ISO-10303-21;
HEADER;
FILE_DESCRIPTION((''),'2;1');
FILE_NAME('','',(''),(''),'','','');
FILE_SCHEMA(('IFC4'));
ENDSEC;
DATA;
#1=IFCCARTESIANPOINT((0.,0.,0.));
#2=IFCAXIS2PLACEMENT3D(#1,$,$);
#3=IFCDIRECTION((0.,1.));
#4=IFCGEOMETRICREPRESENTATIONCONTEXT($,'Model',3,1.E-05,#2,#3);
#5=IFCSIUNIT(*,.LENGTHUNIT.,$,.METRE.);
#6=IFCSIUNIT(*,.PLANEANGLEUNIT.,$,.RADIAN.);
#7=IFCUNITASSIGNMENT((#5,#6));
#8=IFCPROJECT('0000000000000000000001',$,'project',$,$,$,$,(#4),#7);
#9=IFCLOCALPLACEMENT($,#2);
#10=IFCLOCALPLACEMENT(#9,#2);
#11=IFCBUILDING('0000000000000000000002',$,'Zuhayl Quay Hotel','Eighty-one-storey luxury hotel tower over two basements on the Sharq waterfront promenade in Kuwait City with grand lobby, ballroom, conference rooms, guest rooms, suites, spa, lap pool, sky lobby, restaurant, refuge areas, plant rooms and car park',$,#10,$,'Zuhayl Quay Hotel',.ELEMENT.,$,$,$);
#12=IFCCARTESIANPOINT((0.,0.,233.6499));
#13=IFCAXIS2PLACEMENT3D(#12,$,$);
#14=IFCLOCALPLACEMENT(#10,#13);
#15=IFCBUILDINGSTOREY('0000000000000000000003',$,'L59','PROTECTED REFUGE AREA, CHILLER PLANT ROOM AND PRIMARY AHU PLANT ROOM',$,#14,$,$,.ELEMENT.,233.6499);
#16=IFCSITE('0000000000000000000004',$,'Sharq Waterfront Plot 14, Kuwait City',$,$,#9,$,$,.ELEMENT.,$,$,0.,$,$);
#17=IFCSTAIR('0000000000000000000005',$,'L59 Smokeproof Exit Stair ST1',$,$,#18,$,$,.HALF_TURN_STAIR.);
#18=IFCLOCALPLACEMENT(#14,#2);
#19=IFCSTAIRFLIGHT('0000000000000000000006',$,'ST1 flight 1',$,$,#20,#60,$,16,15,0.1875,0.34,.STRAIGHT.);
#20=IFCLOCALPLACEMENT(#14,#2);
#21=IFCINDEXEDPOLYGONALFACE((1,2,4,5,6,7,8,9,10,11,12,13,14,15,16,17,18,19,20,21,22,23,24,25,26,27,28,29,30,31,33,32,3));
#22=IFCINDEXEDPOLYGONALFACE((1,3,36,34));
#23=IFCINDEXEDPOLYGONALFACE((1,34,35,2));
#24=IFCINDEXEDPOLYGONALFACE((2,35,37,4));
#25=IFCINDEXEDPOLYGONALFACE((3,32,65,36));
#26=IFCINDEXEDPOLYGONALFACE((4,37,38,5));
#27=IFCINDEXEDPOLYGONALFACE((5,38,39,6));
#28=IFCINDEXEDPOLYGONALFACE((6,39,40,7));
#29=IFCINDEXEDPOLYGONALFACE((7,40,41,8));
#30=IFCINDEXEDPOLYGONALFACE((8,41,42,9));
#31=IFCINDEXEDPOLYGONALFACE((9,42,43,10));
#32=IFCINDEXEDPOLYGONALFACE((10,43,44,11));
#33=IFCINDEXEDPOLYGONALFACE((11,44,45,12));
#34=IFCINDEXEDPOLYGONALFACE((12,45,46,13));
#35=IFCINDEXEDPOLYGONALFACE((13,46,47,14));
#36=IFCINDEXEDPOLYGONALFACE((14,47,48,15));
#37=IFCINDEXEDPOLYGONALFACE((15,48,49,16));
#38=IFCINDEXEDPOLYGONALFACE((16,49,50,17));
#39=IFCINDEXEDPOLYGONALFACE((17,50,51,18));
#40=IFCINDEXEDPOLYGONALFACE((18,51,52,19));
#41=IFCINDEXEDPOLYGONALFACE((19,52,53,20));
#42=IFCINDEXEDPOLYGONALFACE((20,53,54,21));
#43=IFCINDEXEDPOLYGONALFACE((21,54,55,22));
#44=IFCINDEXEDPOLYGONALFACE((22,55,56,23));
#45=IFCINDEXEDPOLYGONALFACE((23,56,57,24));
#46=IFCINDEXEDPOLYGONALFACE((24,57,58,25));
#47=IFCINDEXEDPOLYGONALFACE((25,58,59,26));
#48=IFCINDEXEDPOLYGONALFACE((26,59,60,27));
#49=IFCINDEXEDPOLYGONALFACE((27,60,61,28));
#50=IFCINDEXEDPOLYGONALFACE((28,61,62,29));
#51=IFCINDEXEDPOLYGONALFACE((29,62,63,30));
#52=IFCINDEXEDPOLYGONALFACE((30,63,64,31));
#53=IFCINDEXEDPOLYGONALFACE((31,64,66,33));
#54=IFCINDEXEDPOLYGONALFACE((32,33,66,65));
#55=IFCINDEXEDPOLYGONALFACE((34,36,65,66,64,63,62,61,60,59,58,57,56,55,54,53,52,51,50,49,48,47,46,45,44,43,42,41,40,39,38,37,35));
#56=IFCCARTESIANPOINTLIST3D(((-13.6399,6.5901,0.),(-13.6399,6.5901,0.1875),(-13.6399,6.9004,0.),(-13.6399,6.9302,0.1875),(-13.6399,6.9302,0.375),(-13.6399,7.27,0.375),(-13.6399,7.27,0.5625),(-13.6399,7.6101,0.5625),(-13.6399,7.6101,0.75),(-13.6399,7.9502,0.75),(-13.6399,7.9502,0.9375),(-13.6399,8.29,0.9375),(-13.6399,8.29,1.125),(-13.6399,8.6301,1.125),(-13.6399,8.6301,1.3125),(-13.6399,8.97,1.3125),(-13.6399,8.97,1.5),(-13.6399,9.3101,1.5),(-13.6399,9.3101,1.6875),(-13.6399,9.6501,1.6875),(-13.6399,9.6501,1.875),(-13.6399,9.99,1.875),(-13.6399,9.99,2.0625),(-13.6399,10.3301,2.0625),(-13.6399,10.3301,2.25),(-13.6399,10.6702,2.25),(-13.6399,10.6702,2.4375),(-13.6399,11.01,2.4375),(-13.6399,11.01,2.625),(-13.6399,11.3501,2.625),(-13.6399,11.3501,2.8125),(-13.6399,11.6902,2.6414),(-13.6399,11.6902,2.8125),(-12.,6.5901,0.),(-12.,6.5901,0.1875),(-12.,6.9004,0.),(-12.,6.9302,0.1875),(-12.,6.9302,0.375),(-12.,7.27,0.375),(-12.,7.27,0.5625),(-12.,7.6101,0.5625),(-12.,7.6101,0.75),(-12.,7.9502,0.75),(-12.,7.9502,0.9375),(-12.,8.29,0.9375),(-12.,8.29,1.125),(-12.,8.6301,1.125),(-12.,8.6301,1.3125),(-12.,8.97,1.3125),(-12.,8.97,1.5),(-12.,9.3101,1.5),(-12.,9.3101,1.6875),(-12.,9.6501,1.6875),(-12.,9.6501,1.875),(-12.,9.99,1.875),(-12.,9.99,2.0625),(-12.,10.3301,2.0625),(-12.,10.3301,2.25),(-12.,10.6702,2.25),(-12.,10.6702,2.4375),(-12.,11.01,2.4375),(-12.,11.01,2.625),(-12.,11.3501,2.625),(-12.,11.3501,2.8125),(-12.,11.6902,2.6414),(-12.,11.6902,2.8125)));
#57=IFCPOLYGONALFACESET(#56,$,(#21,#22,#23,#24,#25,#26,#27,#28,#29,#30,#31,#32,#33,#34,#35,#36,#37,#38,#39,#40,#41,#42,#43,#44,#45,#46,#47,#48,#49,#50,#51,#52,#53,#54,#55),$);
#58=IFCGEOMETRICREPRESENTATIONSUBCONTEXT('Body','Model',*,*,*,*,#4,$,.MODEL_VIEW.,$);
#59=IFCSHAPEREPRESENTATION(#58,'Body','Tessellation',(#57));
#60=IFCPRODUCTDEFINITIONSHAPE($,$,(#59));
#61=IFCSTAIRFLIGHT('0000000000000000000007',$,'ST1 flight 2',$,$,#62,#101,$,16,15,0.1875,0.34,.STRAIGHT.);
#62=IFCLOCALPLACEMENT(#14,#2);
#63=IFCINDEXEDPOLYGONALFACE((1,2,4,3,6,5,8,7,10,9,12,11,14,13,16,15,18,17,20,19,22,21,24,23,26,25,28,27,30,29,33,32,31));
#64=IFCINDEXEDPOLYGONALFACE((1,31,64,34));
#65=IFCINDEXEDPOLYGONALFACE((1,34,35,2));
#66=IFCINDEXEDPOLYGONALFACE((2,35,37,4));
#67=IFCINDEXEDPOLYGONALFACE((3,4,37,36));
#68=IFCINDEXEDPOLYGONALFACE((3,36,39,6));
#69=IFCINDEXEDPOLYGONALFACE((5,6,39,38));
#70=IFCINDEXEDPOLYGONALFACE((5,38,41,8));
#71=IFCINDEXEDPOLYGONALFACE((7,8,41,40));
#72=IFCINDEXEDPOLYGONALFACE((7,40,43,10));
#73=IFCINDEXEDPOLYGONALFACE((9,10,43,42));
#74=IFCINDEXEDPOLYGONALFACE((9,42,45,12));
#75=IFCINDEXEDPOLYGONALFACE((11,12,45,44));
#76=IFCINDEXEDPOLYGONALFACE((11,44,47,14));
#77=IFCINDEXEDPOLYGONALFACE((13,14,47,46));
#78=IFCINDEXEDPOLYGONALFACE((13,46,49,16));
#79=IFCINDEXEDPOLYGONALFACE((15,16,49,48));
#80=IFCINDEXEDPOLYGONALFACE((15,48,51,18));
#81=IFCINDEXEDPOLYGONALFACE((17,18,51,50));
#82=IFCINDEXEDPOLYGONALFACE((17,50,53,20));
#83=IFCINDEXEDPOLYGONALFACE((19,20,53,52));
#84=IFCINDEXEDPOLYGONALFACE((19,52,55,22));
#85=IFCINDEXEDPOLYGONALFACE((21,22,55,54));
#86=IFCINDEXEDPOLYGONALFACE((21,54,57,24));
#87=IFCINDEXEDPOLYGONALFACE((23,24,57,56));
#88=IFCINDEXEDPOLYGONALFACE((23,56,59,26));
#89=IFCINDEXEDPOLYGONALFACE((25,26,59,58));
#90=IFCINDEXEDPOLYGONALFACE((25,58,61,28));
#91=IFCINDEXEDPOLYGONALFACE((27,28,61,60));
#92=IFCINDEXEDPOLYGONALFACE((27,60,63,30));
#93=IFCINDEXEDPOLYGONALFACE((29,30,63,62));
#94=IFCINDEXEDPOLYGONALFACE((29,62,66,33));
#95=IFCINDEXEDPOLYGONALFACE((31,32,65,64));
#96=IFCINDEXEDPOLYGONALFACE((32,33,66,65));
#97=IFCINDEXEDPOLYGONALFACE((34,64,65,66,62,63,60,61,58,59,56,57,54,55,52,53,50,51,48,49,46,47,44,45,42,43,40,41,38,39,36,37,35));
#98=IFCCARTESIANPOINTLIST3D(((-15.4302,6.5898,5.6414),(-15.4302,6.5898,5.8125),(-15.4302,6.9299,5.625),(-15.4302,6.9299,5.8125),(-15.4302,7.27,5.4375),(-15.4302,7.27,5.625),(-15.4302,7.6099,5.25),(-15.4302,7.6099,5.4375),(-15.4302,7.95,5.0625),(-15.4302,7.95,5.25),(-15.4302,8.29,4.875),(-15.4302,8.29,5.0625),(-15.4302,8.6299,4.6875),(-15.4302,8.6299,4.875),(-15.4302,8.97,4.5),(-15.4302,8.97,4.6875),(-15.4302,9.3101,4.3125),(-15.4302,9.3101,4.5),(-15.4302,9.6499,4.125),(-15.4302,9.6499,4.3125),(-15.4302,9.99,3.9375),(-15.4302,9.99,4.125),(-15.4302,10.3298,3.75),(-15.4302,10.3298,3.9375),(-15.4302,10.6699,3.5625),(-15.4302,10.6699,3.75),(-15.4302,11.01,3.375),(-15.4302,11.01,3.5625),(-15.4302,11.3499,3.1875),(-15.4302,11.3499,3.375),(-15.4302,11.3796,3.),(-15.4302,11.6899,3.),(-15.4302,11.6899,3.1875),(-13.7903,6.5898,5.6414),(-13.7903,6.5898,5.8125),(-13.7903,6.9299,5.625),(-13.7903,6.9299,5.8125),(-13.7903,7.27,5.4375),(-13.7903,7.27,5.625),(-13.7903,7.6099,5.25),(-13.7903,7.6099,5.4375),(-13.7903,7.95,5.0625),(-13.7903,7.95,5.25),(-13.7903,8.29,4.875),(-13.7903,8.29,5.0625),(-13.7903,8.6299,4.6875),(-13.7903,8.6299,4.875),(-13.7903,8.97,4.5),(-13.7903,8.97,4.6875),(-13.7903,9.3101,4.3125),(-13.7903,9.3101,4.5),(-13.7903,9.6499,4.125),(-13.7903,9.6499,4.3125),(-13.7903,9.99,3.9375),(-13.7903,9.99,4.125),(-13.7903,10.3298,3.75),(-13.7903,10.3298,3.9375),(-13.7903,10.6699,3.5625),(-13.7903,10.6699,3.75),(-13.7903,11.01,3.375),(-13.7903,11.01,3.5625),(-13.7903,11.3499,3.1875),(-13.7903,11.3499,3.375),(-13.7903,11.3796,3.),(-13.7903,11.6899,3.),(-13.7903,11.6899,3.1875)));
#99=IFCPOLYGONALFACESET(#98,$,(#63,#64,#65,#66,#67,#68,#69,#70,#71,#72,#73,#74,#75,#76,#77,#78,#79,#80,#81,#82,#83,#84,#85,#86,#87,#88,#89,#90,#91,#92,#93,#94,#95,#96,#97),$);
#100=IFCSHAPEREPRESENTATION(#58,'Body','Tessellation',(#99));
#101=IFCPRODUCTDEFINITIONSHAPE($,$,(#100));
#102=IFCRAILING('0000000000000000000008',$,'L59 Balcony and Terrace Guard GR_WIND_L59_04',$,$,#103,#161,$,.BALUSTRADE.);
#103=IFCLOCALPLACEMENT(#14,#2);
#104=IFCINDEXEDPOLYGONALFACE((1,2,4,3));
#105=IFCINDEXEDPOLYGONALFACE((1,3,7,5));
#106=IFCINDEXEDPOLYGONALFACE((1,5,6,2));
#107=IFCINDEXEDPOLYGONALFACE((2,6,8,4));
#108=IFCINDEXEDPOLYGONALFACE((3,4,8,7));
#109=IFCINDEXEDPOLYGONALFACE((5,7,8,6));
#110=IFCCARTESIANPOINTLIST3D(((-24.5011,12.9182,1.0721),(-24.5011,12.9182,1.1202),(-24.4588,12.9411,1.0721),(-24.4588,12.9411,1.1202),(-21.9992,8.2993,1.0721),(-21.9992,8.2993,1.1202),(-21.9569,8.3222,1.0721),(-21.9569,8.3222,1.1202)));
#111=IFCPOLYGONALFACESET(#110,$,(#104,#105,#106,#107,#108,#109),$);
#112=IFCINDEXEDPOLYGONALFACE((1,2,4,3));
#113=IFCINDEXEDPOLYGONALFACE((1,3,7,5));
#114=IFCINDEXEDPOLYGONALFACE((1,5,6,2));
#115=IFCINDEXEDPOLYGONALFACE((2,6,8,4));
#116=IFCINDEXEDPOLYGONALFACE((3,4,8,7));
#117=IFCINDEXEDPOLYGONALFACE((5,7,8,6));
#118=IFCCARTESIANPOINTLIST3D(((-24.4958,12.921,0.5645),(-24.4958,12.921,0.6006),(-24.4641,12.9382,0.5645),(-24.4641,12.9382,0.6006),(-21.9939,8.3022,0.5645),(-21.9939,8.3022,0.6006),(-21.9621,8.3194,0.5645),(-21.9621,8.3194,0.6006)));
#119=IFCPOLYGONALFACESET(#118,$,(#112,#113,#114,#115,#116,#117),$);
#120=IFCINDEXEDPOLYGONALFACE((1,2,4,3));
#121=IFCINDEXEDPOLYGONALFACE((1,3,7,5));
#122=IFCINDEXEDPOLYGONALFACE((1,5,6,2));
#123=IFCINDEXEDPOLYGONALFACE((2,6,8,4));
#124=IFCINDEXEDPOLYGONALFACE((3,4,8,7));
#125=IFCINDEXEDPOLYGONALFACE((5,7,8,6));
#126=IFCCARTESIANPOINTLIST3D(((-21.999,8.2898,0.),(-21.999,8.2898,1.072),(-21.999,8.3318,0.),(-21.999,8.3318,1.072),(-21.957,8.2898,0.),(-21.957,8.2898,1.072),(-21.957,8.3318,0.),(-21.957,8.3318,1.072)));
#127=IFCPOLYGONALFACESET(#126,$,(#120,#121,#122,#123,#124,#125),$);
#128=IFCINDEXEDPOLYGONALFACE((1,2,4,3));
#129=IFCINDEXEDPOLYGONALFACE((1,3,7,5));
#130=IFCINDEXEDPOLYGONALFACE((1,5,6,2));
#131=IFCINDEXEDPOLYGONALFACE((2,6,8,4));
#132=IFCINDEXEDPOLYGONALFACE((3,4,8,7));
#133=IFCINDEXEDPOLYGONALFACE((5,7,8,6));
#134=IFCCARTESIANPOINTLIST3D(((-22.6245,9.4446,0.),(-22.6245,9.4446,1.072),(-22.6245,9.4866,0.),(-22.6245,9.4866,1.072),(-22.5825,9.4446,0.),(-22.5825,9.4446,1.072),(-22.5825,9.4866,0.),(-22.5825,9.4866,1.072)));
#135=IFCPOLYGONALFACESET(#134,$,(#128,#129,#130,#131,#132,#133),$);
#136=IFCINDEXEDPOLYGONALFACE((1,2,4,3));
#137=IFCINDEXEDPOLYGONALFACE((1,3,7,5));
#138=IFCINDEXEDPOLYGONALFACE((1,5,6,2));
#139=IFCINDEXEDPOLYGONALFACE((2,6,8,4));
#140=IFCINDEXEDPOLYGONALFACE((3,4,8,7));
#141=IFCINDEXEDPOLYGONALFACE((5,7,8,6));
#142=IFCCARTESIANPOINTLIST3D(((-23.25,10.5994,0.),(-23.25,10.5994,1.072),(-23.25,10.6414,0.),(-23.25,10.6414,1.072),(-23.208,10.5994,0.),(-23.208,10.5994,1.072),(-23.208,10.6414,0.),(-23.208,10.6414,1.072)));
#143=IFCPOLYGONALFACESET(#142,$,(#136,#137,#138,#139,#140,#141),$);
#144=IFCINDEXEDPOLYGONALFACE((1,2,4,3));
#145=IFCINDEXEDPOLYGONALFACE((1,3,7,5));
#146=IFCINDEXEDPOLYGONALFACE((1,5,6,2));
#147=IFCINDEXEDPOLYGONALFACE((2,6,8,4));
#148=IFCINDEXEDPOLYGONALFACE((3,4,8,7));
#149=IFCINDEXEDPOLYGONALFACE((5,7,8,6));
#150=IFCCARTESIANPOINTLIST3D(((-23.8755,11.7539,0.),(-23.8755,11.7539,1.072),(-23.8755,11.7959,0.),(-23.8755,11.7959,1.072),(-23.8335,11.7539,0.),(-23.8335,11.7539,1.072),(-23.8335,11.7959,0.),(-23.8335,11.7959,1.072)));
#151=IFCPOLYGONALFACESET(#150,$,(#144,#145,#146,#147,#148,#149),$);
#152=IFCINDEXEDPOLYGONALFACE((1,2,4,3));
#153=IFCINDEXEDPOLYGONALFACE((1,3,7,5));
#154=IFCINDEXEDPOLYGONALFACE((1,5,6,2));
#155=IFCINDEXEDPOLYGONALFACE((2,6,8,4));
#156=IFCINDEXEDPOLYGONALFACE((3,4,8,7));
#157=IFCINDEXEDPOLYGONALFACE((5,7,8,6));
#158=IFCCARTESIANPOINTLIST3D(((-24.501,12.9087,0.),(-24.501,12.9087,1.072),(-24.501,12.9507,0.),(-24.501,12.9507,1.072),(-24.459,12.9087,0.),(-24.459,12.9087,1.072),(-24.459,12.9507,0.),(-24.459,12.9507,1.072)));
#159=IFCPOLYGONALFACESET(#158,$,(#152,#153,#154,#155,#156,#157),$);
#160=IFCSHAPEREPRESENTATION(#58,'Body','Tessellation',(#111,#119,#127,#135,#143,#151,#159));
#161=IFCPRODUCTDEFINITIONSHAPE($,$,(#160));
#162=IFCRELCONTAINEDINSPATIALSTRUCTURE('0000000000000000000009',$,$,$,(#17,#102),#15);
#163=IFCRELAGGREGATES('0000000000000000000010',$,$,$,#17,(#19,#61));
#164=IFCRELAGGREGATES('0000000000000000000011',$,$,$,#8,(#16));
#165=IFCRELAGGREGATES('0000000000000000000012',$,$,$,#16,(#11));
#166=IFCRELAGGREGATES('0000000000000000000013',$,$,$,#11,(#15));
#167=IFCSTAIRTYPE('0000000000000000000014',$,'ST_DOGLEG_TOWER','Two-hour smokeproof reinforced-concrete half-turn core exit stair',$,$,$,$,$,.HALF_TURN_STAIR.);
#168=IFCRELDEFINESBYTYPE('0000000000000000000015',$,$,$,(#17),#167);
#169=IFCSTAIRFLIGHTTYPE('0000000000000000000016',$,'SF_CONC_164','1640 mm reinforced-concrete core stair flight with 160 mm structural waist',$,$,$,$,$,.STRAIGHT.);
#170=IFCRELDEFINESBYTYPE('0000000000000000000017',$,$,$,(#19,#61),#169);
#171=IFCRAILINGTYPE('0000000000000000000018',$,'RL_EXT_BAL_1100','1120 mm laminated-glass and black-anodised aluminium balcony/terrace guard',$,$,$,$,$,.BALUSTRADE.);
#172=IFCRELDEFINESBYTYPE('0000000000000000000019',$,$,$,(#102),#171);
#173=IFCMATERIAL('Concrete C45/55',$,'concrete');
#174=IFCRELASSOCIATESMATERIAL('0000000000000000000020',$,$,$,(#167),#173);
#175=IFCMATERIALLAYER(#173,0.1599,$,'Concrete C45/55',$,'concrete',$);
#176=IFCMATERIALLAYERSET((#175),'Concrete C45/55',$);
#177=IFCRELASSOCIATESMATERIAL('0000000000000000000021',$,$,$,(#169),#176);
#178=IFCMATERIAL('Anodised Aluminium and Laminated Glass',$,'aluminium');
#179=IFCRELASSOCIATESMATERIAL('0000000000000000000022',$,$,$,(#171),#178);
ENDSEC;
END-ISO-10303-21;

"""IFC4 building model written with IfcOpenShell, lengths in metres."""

from ifc_helpers import new_model, si_unit, direction, frame, origin, origin_2d, place, context, subcontext, project, spatial, polyline, rectangle, outline, extrude, material, layer, layer_set, type_object, element, aggregate, save


model = new_model("IFC4")

# Units and contexts
model_context = context("Model", 3, precision=1e-05, world=origin(), true_north=direction((0.0, 1.0)))
body_context = subcontext(model_context, "Body", "Model", "MODEL_VIEW")
ifc_project = project(units=[si_unit("LENGTHUNIT", "METRE"), si_unit("PLANEANGLEUNIT", "RADIAN")], contexts=[model_context])

# Site, building, storey
site_placement = place(None, origin())
site = spatial("IfcSite", under=ifc_project, at=site_placement, Name="Sharq Waterfront Plot 14, Kuwait City", CompositionType="ELEMENT", RefElevation=0.0)
building_placement = place(site_placement, origin())
building = spatial("IfcBuilding", under=site, at=building_placement, Name="Zuhayl Quay Hotel", Description="Eighty-one-storey luxury hotel tower over two basements on the Sharq waterfront promenade in Kuwait City with grand lobby, ballroom, conference rooms, guest rooms, suites, spa, lap pool, sky lobby, restaurant, refuge areas, plant rooms and car park", LongName="Zuhayl Quay Hotel", CompositionType="ELEMENT")
storey_placement = place(building_placement, frame((0.0, 0.0, 233.6499)))
storey = spatial("IfcBuildingStorey", under=building, at=storey_placement, Name="L59", Description="PROTECTED REFUGE AREA, CHILLER PLANT ROOM AND PRIMARY AHU PLANT ROOM", CompositionType="ELEMENT", Elevation=233.6499)

# Stair, stair flights
ifc_material_1 = material(Name="Concrete C45/55", Category="concrete")
stair_type = type_object("IfcStairType", Name="ST_DOGLEG_TOWER", Description="Two-hour smokeproof reinforced-concrete half-turn core exit stair", PredefinedType="HALF_TURN_STAIR", material=ifc_material_1)
stair_placement = place(storey_placement, origin())
stair = element("IfcStair", 1, at=stair_placement, inside=storey, type_object=stair_type, Name="L59 Smokeproof Exit Stair ST1", PredefinedType="HALF_TURN_STAIR")
ifc_layer_1 = layer(ifc_material_1, 0.1599, Name="Concrete C45/55", Category="concrete")
ifc_layer_set_1 = layer_set([ifc_layer_1], Name="Concrete C45/55")
stair_flight_type = type_object("IfcStairFlightType", Name="SF_CONC_164", Description="1640 mm reinforced-concrete core stair flight with 160 mm structural waist", PredefinedType="STRAIGHT", material=ifc_layer_set_1)
stair_flight_1_placement = place(storey_placement, frame((-12.8201, 6.5901, 0.0), z_axis=(0.0, 0.0, 1.0), x_axis=(0.0, 1.0, 0.0)))
stair_flight_1 = element("IfcStairFlight", 2, at=stair_flight_1_placement, type_object=stair_flight_type, Name="ST1 flight 1", NumberOfRisers=16, NumberOfTreads=15, PredefinedType="STRAIGHT", RiserHeight=0.1875, TreadLength=0.34, context=body_context, shape_type="SweptSolid", body=[
    extrude(outline(polyline([(0.0, 0.0), (0.0, 0.1875), (0.3401, 0.1875), (0.3401, 0.375), (0.6799, 0.375), (0.6799, 0.5625), (1.02, 0.5625), (1.02, 0.75), (1.3601, 0.75), (1.3601, 0.9375), (1.7, 0.9375), (1.7, 1.125), (2.04, 1.125), (2.04, 1.3125), (2.3799, 1.3125), (2.3799, 1.5), (2.72, 1.5), (2.72, 1.6875), (3.0601, 1.6875), (3.0601, 1.875), (3.3999, 1.875), (3.3999, 2.0625), (3.74, 2.0625), (3.74, 2.25), (4.0801, 2.25), (4.0801, 2.4375), (4.4199, 2.4375), (4.4199, 2.625), (4.76, 2.625), (4.76, 2.8125), (5.1001, 2.8125), (5.1001, 3.0), (5.1001, 2.6414), (0.3103, 0.0), (0.0, 0.0)])), frame((0.0, 0.8198, 0.0), z_axis=(0.0, -1.0, 0.0), x_axis=(1.0, 0.0, 0.0)), (0.0, 0.0, 1.0), 1.6399),
])
stair_flight_2_placement = place(storey_placement, frame((-14.6101, 11.6899, 3.0), z_axis=(0.0, 0.0, 1.0), x_axis=(0.0, -1.0, 0.0)))
stair_flight_2 = element("IfcStairFlight", 3, at=stair_flight_2_placement, type_object=stair_flight_type, Name="ST1 flight 2", NumberOfRisers=16, NumberOfTreads=15, PredefinedType="STRAIGHT", RiserHeight=0.1875, TreadLength=0.34, context=body_context, shape_type="SweptSolid", body=[
    extrude(outline(polyline([(0.0, 0.0), (0.0, 0.1875), (0.3401, 0.1875), (0.3401, 0.375), (0.6799, 0.375), (0.6799, 0.5625), (1.02, 0.5625), (1.02, 0.75), (1.3601, 0.75), (1.3601, 0.9375), (1.7, 0.9375), (1.7, 1.125), (2.04, 1.125), (2.04, 1.3125), (2.3799, 1.3125), (2.3799, 1.5), (2.72, 1.5), (2.72, 1.6875), (3.0601, 1.6875), (3.0601, 1.875), (3.3999, 1.875), (3.3999, 2.0625), (3.74, 2.0625), (3.74, 2.25), (4.0801, 2.25), (4.0801, 2.4375), (4.4199, 2.4375), (4.4199, 2.625), (4.76, 2.625), (4.76, 2.8125), (5.1001, 2.8125), (5.1001, 3.0), (5.1001, 2.6414), (0.3103, 0.0), (0.0, 0.0)])), frame((0.0, 0.8198, 0.0), z_axis=(0.0, -1.0, 0.0), x_axis=(1.0, 0.0, 0.0)), (0.0, 0.0, 1.0), 1.6399),
])
aggregate(stair, [stair_flight_1, stair_flight_2])

# Railing
ifc_material_2 = material(Name="Anodised Aluminium and Laminated Glass", Category="aluminium")
railing_type_1 = type_object("IfcRailingType", Name="RL_EXT_BAL_1100", Description="1120 mm laminated-glass and black-anodised aluminium balcony/terrace guard", PredefinedType="BALUSTRADE", material=ifc_material_2)
railing_1_placement = place(storey_placement, frame((-21.978, 8.3108, 0.0)))
element("IfcRailing", 4, at=railing_1_placement, inside=storey, type_object=railing_type_1, Name="L59 Balcony and Terrace Guard GR_WIND_L59_04", PredefinedType="BALUSTRADE", context=body_context, shape_type="SweptSolid", body=[
    extrude(rectangle(XDim=0.0481, YDim=0.0481, at=origin_2d()), frame((0.0, 0.0, 1.0962), z_axis=(-0.476291, 0.879288, 0.0), x_axis=(-0.879288, -0.476291, 0.0)), (0.0, 0.0, 1.0), 5.2529),
    extrude(rectangle(XDim=0.0361, YDim=0.0361, at=origin_2d()), frame((0.0, 0.0, 0.5825), z_axis=(-0.476291, 0.879288, 0.0), x_axis=(-0.879288, -0.476291, 0.0)), (0.0, 0.0, 1.0), 5.2529),
    extrude(rectangle(XDim=0.042, YDim=0.042, at=origin_2d()), origin(), (0.0, 0.0, 1.0), 1.072),
    extrude(rectangle(XDim=0.042, YDim=0.042, at=origin_2d()), frame((-0.6255, 1.1548, 0.0)), (0.0, 0.0, 1.0), 1.072),
    extrude(rectangle(XDim=0.042, YDim=0.042, at=origin_2d()), frame((-1.251, 2.3096, 0.0)), (0.0, 0.0, 1.0), 1.072),
    extrude(rectangle(XDim=0.042, YDim=0.042, at=origin_2d()), frame((-1.8765, 3.4641, 0.0)), (0.0, 0.0, 1.0), 1.072),
    extrude(rectangle(XDim=0.042, YDim=0.042, at=origin_2d()), frame((-2.502, 4.6189, 0.0)), (0.0, 0.0, 1.0), 1.072),
])

save(model, "model.ifc")
